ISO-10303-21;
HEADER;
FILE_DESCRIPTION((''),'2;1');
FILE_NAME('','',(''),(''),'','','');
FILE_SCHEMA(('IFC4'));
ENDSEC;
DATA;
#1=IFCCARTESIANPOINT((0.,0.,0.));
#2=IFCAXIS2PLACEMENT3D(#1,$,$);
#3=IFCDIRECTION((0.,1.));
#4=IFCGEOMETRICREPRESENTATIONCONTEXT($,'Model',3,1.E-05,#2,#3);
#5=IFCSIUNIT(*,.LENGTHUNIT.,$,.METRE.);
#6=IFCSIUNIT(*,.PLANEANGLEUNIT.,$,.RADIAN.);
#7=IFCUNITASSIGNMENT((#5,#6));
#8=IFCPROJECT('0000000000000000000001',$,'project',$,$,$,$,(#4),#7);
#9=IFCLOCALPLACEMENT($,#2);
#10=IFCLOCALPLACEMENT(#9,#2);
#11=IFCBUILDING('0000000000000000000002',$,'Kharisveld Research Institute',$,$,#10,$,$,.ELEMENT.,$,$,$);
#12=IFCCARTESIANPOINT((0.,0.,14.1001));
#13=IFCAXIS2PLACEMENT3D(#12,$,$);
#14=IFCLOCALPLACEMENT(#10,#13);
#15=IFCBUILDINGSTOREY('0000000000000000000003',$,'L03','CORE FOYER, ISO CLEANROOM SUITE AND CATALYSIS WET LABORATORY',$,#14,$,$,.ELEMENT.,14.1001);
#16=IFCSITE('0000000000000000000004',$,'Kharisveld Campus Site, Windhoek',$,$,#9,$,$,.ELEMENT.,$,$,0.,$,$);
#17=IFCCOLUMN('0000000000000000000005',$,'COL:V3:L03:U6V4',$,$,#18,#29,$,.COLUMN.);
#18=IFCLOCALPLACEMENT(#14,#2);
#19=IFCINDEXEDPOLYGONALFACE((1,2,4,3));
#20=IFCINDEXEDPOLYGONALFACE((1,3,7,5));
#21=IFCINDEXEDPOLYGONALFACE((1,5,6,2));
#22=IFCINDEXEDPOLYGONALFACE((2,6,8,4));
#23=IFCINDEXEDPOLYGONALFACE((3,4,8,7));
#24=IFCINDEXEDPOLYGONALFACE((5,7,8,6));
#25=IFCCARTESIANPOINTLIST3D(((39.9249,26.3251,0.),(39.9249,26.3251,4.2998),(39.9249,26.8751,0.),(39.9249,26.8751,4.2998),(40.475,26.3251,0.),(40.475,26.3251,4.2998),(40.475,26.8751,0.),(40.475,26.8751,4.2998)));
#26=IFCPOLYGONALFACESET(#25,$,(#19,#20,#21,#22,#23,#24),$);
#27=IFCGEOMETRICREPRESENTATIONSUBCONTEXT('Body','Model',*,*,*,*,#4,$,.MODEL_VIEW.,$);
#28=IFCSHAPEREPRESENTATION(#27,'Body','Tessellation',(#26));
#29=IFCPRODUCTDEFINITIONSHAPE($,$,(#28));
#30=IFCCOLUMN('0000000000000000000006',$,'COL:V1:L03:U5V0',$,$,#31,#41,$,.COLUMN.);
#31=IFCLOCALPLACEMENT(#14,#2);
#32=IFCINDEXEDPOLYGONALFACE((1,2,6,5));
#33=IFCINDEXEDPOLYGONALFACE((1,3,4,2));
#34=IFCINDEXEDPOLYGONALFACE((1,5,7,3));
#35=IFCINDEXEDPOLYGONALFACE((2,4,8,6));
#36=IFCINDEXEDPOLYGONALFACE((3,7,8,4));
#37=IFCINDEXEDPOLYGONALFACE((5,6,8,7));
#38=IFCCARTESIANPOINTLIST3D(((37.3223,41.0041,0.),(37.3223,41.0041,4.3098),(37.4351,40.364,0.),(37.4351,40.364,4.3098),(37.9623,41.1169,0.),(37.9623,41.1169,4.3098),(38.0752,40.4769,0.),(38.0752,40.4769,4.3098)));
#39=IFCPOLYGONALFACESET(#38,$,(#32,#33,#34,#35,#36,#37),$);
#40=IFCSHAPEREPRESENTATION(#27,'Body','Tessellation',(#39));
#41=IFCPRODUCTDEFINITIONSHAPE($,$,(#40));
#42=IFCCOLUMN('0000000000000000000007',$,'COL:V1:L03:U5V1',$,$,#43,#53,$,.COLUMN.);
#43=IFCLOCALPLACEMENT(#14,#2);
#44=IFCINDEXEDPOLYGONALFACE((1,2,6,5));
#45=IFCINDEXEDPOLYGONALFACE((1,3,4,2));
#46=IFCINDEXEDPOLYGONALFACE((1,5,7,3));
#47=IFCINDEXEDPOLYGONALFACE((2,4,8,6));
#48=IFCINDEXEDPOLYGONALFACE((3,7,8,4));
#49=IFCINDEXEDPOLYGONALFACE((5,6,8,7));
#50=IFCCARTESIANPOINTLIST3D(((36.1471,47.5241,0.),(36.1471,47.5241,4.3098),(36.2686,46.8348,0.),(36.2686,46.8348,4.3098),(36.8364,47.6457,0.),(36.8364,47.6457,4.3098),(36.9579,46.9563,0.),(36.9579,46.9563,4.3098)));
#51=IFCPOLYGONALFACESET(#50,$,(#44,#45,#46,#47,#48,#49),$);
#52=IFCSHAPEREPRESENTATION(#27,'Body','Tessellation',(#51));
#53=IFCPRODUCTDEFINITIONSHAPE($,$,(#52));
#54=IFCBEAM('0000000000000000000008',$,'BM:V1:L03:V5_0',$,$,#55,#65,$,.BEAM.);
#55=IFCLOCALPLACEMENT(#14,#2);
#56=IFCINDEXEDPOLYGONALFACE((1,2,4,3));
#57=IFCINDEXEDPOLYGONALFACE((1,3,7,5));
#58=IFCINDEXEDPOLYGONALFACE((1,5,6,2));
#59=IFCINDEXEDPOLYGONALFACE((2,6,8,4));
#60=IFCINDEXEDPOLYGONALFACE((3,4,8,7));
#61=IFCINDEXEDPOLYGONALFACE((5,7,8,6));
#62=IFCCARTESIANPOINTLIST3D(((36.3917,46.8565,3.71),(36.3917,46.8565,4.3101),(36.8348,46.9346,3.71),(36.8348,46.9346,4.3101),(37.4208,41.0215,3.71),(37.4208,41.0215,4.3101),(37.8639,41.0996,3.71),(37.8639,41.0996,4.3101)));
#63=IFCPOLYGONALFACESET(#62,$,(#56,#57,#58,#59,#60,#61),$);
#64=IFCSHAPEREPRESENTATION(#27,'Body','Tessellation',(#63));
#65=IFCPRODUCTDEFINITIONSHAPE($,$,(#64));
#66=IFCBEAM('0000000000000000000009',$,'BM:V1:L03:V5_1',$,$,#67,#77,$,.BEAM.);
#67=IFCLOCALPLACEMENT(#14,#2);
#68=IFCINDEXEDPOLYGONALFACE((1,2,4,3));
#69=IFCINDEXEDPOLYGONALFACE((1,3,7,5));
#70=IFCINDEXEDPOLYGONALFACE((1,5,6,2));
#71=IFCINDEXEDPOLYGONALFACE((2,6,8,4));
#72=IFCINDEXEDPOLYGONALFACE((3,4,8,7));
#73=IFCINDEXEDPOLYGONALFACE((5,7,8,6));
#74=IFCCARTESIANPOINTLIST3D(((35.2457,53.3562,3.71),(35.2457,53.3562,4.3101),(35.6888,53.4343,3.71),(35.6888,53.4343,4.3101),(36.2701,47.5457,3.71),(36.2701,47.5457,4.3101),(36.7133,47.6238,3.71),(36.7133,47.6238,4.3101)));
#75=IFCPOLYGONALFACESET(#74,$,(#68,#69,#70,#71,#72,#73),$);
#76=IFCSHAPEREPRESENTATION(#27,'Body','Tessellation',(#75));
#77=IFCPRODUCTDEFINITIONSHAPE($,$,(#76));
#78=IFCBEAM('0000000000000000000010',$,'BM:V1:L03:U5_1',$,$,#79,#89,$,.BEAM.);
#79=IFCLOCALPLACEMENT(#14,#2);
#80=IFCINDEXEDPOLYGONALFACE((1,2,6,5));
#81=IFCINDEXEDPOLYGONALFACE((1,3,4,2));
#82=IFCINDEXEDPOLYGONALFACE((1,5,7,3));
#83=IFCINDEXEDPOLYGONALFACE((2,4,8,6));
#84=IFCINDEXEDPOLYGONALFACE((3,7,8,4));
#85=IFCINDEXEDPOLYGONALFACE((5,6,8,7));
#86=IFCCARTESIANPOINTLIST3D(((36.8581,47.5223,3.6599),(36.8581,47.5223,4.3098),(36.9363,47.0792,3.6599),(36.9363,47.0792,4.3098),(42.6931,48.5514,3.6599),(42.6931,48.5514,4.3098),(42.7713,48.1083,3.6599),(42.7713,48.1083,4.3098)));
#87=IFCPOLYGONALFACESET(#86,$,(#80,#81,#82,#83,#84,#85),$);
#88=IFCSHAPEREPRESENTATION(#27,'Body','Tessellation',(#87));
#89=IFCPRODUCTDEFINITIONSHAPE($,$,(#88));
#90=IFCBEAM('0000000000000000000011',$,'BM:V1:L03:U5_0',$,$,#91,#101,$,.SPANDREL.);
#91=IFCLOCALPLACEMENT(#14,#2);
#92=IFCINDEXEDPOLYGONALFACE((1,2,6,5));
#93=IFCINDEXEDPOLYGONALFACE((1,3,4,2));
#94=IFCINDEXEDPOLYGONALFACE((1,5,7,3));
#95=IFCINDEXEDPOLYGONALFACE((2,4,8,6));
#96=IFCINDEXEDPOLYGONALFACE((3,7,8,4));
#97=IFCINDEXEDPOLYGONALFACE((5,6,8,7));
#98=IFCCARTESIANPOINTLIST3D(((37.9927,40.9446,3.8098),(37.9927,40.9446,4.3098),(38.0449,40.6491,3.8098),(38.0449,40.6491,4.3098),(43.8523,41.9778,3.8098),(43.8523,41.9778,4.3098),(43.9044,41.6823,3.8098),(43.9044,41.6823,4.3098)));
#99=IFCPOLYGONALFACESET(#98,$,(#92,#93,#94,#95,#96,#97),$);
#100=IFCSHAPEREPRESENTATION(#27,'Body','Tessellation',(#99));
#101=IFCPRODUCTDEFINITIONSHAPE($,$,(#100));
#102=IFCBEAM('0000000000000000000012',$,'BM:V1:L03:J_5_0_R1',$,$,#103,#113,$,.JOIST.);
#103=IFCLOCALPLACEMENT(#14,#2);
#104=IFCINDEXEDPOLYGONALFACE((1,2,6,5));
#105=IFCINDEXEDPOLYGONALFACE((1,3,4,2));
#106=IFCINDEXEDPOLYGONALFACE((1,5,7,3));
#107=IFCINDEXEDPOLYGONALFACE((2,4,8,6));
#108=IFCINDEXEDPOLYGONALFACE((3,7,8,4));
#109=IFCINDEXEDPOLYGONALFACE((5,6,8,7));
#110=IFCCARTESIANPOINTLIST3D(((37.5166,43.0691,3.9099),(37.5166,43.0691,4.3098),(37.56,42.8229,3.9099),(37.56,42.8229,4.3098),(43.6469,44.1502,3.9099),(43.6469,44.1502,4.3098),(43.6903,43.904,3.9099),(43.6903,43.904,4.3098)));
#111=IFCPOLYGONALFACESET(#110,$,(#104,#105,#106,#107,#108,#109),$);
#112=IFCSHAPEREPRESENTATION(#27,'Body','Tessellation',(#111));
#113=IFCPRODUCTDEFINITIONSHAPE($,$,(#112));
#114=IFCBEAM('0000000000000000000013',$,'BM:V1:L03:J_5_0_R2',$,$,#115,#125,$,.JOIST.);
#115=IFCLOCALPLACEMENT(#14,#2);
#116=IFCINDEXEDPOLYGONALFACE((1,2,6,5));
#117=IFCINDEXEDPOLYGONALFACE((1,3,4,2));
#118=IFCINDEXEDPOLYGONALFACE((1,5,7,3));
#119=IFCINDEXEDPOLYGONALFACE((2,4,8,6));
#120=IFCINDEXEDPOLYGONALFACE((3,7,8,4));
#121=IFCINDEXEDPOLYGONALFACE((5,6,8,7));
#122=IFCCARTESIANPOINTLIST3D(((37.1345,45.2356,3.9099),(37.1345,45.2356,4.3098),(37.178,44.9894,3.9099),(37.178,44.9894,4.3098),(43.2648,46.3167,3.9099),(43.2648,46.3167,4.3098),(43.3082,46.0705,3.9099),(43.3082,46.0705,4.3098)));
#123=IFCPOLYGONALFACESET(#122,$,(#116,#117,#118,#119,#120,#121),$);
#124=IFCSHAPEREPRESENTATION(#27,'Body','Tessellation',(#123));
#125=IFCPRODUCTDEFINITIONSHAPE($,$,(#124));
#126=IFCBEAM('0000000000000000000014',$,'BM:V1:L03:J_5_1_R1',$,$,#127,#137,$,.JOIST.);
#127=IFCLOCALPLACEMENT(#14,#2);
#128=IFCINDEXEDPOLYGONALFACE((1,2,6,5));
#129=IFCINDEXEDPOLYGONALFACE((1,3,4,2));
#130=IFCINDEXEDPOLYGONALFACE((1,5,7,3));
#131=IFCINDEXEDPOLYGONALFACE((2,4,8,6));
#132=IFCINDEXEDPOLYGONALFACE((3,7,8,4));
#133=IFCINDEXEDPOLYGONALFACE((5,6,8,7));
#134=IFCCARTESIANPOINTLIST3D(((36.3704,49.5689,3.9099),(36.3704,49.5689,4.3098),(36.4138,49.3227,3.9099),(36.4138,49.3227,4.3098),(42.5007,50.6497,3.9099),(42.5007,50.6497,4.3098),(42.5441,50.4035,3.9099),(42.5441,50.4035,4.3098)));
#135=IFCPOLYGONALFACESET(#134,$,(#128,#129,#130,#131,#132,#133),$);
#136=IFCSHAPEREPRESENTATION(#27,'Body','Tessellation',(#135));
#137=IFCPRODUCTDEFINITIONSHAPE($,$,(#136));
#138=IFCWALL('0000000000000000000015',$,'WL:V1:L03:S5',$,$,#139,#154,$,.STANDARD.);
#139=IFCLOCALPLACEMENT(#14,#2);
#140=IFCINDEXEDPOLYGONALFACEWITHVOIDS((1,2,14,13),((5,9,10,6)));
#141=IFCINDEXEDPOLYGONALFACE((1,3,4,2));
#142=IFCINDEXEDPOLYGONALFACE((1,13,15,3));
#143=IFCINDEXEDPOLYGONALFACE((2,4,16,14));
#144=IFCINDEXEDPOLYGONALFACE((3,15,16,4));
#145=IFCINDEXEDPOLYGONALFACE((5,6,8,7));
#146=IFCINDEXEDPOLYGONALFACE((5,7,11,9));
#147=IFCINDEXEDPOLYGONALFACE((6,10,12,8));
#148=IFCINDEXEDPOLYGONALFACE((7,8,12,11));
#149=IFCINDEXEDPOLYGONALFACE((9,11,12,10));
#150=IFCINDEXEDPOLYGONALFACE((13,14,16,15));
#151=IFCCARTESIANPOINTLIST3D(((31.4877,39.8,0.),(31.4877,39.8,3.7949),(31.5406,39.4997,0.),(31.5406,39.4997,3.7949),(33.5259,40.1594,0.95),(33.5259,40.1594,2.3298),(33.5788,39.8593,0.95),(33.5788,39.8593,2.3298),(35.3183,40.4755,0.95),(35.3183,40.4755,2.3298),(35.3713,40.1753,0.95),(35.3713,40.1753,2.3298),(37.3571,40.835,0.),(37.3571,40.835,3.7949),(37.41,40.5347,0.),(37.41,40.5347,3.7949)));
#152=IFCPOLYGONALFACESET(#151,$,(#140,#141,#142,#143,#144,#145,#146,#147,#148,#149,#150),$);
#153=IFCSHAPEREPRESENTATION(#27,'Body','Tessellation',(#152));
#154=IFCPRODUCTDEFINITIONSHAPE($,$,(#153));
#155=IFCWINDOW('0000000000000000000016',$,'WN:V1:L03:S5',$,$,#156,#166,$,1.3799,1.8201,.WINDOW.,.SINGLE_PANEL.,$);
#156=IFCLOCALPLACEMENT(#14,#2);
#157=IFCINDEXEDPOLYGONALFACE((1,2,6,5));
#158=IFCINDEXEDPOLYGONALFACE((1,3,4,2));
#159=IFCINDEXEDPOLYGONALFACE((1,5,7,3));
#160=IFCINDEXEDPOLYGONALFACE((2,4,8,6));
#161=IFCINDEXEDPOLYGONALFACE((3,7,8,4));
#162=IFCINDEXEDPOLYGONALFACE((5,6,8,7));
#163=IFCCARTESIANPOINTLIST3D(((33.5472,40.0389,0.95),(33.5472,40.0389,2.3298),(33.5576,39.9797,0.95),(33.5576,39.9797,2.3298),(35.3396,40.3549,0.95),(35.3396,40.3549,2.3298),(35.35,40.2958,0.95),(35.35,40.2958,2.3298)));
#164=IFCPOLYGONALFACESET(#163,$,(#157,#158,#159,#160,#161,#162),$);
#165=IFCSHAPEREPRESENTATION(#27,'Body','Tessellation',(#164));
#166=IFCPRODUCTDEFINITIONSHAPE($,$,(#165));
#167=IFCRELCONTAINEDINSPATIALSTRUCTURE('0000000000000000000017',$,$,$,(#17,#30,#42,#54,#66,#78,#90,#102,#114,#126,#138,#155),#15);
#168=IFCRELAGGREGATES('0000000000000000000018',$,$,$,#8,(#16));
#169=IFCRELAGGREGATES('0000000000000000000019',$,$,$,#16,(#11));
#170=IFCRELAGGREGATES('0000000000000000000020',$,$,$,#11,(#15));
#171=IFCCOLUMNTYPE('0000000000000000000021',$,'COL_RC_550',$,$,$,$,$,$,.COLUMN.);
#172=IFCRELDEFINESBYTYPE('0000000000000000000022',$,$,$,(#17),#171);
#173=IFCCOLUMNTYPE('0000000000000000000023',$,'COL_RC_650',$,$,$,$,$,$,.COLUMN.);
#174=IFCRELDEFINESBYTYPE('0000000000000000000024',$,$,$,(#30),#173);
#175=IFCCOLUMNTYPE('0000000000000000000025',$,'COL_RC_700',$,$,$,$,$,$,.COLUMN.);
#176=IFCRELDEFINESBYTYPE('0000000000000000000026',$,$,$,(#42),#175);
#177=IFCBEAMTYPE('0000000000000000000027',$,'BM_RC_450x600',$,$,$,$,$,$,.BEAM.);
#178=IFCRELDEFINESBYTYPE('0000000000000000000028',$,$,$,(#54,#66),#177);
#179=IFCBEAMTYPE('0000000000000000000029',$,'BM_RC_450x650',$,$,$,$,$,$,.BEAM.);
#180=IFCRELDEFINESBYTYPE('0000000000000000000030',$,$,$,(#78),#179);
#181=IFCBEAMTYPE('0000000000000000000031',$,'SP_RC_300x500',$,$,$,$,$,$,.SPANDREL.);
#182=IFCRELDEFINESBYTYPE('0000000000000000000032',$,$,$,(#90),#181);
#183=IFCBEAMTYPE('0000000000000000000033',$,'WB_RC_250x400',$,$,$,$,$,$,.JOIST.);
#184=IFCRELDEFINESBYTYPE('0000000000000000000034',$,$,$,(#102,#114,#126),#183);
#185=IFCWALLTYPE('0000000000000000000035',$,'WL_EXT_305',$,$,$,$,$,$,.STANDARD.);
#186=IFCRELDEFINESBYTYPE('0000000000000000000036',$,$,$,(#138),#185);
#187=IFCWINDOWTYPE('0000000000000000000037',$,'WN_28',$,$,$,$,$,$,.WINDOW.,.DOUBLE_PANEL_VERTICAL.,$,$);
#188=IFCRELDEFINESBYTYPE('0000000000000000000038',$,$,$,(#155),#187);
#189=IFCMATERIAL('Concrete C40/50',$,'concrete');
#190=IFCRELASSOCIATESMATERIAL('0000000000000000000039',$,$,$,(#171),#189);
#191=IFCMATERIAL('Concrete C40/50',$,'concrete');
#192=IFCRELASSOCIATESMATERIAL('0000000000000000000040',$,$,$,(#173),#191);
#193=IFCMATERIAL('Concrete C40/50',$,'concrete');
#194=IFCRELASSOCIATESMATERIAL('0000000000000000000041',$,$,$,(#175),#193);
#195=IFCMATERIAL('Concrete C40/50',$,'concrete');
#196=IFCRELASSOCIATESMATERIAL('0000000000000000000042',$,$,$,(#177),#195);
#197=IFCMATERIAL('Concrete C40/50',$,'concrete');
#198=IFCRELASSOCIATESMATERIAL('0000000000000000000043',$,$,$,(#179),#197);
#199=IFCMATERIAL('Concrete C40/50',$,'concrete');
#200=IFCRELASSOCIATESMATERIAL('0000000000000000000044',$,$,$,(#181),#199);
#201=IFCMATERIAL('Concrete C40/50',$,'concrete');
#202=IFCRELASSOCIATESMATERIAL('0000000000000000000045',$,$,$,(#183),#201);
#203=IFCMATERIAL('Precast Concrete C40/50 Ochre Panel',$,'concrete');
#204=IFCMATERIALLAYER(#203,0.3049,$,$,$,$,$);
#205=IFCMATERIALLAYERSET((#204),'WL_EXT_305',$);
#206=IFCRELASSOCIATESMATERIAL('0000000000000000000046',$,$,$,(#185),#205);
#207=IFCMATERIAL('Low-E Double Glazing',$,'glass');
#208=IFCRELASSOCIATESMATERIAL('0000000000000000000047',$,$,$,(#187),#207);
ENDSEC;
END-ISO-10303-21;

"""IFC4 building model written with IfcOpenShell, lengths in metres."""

from ifc_helpers import new_model, si_unit, direction, frame, frame_2d, origin, origin_2d, place, context, subcontext, project, spatial, rectangle, extrude, material, layer, layer_set, material_profile, profile_set, type_object, element, fill, save


model = new_model("IFC4")

# Units and contexts
model_context = context("Model", 3, precision=1e-05, world=origin(), true_north=direction((0.0, 1.0)))
body_context = subcontext(model_context, "Body", "Model", "MODEL_VIEW")
ifc_project = project(units=[si_unit("LENGTHUNIT", "METRE"), si_unit("PLANEANGLEUNIT", "RADIAN")], contexts=[model_context])

# Site, building, storey
site_placement = place(None, origin())
site = spatial("IfcSite", under=ifc_project, at=site_placement, Name="Kharisveld Campus Site, Windhoek", CompositionType="ELEMENT", RefElevation=0.0)
building_placement = place(site_placement, origin())
building = spatial("IfcBuilding", under=site, at=building_placement, Name="Kharisveld Research Institute", CompositionType="ELEMENT")
storey_placement = place(building_placement, frame((0.0, 0.0, 14.1001)))
storey = spatial("IfcBuildingStorey", under=building, at=storey_placement, Name="L03", Description="CORE FOYER, ISO CLEANROOM SUITE AND CATALYSIS WET LABORATORY", CompositionType="ELEMENT", Elevation=14.1001)

# Columns
ifc_material_1 = material(Name="Concrete C40/50", Category="concrete")
ifc_material_profile_1 = material_profile(ifc_material_1, rectangle(XDim=0.55, YDim=0.55, at=origin_2d()))
ifc_profile_set_1 = profile_set([ifc_material_profile_1], Name="Concrete C40/50")
column_type_1 = type_object("IfcColumnType", Name="COL_RC_550", PredefinedType="COLUMN", material=ifc_profile_set_1)
column_1_placement = place(storey_placement, frame((40.2, 26.6001, 0.0), z_axis=(0.0, 0.0, 1.0), x_axis=(1.0, 0.0, 0.0)))
element("IfcColumn", 1, at=column_1_placement, inside=storey, type_object=column_type_1, Name="COL:V3:L03:U6V4", PredefinedType="COLUMN", context=body_context, shape_type="SweptSolid", body=[
    extrude(rectangle(XDim=0.55, YDim=0.55, at=origin_2d()), origin(), (0.0, 0.0, 1.0), 4.2998),
])
ifc_material_2 = material(Name="Concrete C40/50", Category="concrete")
ifc_material_profile_2 = material_profile(ifc_material_2, rectangle(XDim=0.6499, YDim=0.6499, at=origin_2d()))
ifc_profile_set_2 = profile_set([ifc_material_profile_2], Name="Concrete C40/50")
column_type_2 = type_object("IfcColumnType", Name="COL_RC_650", PredefinedType="COLUMN", material=ifc_profile_set_2)
column_2_placement = place(storey_placement, frame((37.6987, 40.7405, 0.0), z_axis=(0.0, 0.0, 1.0), x_axis=(0.984808, 0.173648, 0.0)))
element("IfcColumn", 2, at=column_2_placement, inside=storey, type_object=column_type_2, Name="COL:V1:L03:U5V0", PredefinedType="COLUMN", context=body_context, shape_type="SweptSolid", body=[
    extrude(rectangle(XDim=0.6499, YDim=0.6499, at=origin_2d()), origin(), (0.0, 0.0, 1.0), 4.3098),
])
ifc_material_3 = material(Name="Concrete C40/50", Category="concrete")
ifc_material_profile_3 = material_profile(ifc_material_3, rectangle(XDim=0.7, YDim=0.7, at=origin_2d()))
ifc_profile_set_3 = profile_set([ifc_material_profile_3], Name="Concrete C40/50")
column_type_3 = type_object("IfcColumnType", Name="COL_RC_700", PredefinedType="COLUMN", material=ifc_profile_set_3)
column_3_placement = place(storey_placement, frame((36.5525, 47.2402, 0.0), z_axis=(0.0, 0.0, 1.0), x_axis=(0.984808, 0.173648, 0.0)))
element("IfcColumn", 3, at=column_3_placement, inside=storey, type_object=column_type_3, Name="COL:V1:L03:U5V1", PredefinedType="COLUMN", context=body_context, shape_type="SweptSolid", body=[
    extrude(rectangle(XDim=0.7, YDim=0.7, at=origin_2d()), origin(), (0.0, 0.0, 1.0), 4.3098),
])

# Beams
ifc_material_4 = material(Name="Concrete C40/50", Category="concrete")
ifc_material_profile_4 = material_profile(ifc_material_4, rectangle(XDim=0.45, YDim=0.6001, at=origin_2d()))
ifc_profile_set_4 = profile_set([ifc_material_profile_4], Name="Concrete C40/50")
beam_type_1 = type_object("IfcBeamType", Name="BM_RC_450x600", PredefinedType="BEAM", material=ifc_profile_set_4)
beam_1_placement = place(storey_placement, frame((37.6423, 41.0605, 4.01), z_axis=(-0.17368, 0.984802, 0.0), x_axis=(-0.984802, -0.17368, 0.0)))
element("IfcBeam", 4, at=beam_1_placement, inside=storey, type_object=beam_type_1, Name="BM:V1:L03:V5_0", PredefinedType="BEAM", context=body_context, shape_type="SweptSolid", body=[
    extrude(rectangle(XDim=0.45, YDim=0.6001, at=origin_2d()), origin(), (0.0, 0.0, 1.0), 5.925),
])
beam_2_placement = place(storey_placement, frame((36.4917, 47.5847, 4.01), z_axis=(-0.173625, 0.984812, 0.0), x_axis=(-0.984812, -0.173625, 0.0)))
element("IfcBeam", 5, at=beam_2_placement, inside=storey, type_object=beam_type_1, Name="BM:V1:L03:V5_1", PredefinedType="BEAM", context=body_context, shape_type="SweptSolid", body=[
    extrude(rectangle(XDim=0.45, YDim=0.6001, at=origin_2d()), origin(), (0.0, 0.0, 1.0), 5.9001),
])
ifc_material_5 = material(Name="Concrete C40/50", Category="concrete")
ifc_material_profile_5 = material_profile(ifc_material_5, rectangle(XDim=0.45, YDim=0.6499, at=origin_2d()))
ifc_profile_set_5 = profile_set([ifc_material_profile_5], Name="Concrete C40/50")
beam_type_2 = type_object("IfcBeamType", Name="BM_RC_450x650", PredefinedType="BEAM", material=ifc_profile_set_5)
beam_3_placement = place(storey_placement, frame((36.8972, 47.3008, 3.9849), z_axis=(0.984802, 0.17368, 0.0), x_axis=(-0.17368, 0.984802, 0.0)))
element("IfcBeam", 6, at=beam_3_placement, inside=storey, type_object=beam_type_2, Name="BM:V1:L03:U5_1", PredefinedType="BEAM", context=body_context, shape_type="SweptSolid", body=[
    extrude(rectangle(XDim=0.45, YDim=0.6499, at=origin_2d()), origin(), (0.0, 0.0, 1.0), 5.925),
])
ifc_material_6 = material(Name="Concrete C40/50", Category="concrete")
ifc_material_profile_6 = material_profile(ifc_material_6, rectangle(XDim=0.3, YDim=0.5, at=origin_2d()))
ifc_profile_set_6 = profile_set([ifc_material_profile_6], Name="Concrete C40/50")
beam_type_3 = type_object("IfcBeamType", Name="SP_RC_300x500", PredefinedType="SPANDREL", material=ifc_profile_set_6)
beam_4_placement = place(storey_placement, frame((38.0188, 40.7969, 4.0598), z_axis=(0.984808, 0.173647, 0.0), x_axis=(-0.173647, 0.984808, 0.0)))
element("IfcBeam", 7, at=beam_4_placement, inside=storey, type_object=beam_type_3, Name="BM:V1:L03:U5_0", PredefinedType="SPANDREL", context=body_context, shape_type="SweptSolid", body=[
    extrude(rectangle(XDim=0.3, YDim=0.5, at=origin_2d()), origin(), (0.0, 0.0, 1.0), 5.95),
])
ifc_material_7 = material(Name="Concrete C40/50", Category="concrete")
ifc_material_profile_7 = material_profile(ifc_material_7, rectangle(XDim=0.25, YDim=0.3999, at=origin_2d()))
ifc_profile_set_7 = profile_set([ifc_material_profile_7], Name="Concrete C40/50")
beam_type_4 = type_object("IfcBeamType", Name="WB_RC_250x400", PredefinedType="JOIST", material=ifc_profile_set_7)
for number, where, z_axis, x_axis, name in (
    (8, (37.5383, 42.946, 4.1099), (0.984805, 0.173665, 0.0), (-0.173665, 0.984805, 0.0), "BM:V1:L03:J_5_0_R1"),
    (9, (37.1562, 45.1125, 4.1099), (0.984805, 0.173665, 0.0), (-0.173665, 0.984805, 0.0), "BM:V1:L03:J_5_0_R2"),
    (10, (36.3921, 49.4458, 4.1099), (0.984812, 0.173626, 0.0), (-0.173626, 0.984812, 0.0), "BM:V1:L03:J_5_1_R1"),
):
    element("IfcBeam", number, at=place(storey_placement, frame(where, z_axis=z_axis, x_axis=x_axis)), inside=storey, type_object=beam_type_4, Name=name, PredefinedType="JOIST", context=body_context, shape_type="SweptSolid", body=[
        extrude(rectangle(XDim=0.25, YDim=0.3999, at=origin_2d()), origin(), (0.0, 0.0, 1.0), 6.2249),
    ])

# Wall, opening, window
ifc_material_8 = material(Name="Precast Concrete C40/50 Ochre Panel", Category="concrete")
ifc_layer = layer(ifc_material_8, 0.3049)
ifc_layer_set = layer_set([ifc_layer], Name="WL_EXT_305")
wall_type = type_object("IfcWallType", Name="WL_EXT_305", PredefinedType="STANDARD", material=ifc_layer_set)
wall_placement = place(storey_placement, frame((37.3835, 40.6848, 0.0), z_axis=(0.0, 0.0, 1.0), x_axis=(-0.984808, -0.173645, 0.0)))
wall = element("IfcWall", 11, at=wall_placement, inside=storey, type_object=wall_type, Name="WL:V1:L03:S5", PredefinedType="STANDARD", context=body_context, shape_type="SweptSolid", body=[
    extrude(rectangle(XDim=5.96, YDim=0.3049, at=frame_2d((2.98, 0.0))), origin(), (0.0, 0.0, 1.0), 3.7949),
])
opening_placement = place(wall_placement, frame((2.0701, 0.0, 0.95)))
opening = element("IfcOpeningElement", 12, at=opening_placement, cuts=wall, PredefinedType="OPENING", context=body_context, shape_type="SweptSolid", body=[
    extrude(rectangle(XDim=1.8201, YDim=1.3799, at=frame_2d((0.9102, 0.6899))), frame((0.0, 0.1523, 0.0), z_axis=(0.0, -1.0, 0.0), x_axis=(1.0, 0.0, 0.0)), (0.0, 0.0, 1.0), 0.3049),
])
ifc_material_9 = material(Name="Low-E Double Glazing", Category="glass")
window_type = type_object("IfcWindowType", Name="WN_28", PartitioningType="DOUBLE_PANEL_VERTICAL", PredefinedType="WINDOW", material=ifc_material_9)
window_placement = place(opening_placement, origin())
window = element("IfcWindow", 13, at=window_placement, inside=storey, type_object=window_type, Name="WN:V1:L03:S5", OverallHeight=1.3799, OverallWidth=1.8201, PartitioningType="SINGLE_PANEL", PredefinedType="WINDOW", context=body_context, shape_type="SweptSolid", body=[
    extrude(rectangle(XDim=1.8201, YDim=1.3799, at=frame_2d((0.9102, 0.6899))), frame((0.0, 0.03, 0.0), z_axis=(0.0, -1.0, 0.0), x_axis=(1.0, 0.0, 0.0)), (0.0, 0.0, 1.0), 0.0601),
])
fill(opening, window)

save(model, "model.ifc")
